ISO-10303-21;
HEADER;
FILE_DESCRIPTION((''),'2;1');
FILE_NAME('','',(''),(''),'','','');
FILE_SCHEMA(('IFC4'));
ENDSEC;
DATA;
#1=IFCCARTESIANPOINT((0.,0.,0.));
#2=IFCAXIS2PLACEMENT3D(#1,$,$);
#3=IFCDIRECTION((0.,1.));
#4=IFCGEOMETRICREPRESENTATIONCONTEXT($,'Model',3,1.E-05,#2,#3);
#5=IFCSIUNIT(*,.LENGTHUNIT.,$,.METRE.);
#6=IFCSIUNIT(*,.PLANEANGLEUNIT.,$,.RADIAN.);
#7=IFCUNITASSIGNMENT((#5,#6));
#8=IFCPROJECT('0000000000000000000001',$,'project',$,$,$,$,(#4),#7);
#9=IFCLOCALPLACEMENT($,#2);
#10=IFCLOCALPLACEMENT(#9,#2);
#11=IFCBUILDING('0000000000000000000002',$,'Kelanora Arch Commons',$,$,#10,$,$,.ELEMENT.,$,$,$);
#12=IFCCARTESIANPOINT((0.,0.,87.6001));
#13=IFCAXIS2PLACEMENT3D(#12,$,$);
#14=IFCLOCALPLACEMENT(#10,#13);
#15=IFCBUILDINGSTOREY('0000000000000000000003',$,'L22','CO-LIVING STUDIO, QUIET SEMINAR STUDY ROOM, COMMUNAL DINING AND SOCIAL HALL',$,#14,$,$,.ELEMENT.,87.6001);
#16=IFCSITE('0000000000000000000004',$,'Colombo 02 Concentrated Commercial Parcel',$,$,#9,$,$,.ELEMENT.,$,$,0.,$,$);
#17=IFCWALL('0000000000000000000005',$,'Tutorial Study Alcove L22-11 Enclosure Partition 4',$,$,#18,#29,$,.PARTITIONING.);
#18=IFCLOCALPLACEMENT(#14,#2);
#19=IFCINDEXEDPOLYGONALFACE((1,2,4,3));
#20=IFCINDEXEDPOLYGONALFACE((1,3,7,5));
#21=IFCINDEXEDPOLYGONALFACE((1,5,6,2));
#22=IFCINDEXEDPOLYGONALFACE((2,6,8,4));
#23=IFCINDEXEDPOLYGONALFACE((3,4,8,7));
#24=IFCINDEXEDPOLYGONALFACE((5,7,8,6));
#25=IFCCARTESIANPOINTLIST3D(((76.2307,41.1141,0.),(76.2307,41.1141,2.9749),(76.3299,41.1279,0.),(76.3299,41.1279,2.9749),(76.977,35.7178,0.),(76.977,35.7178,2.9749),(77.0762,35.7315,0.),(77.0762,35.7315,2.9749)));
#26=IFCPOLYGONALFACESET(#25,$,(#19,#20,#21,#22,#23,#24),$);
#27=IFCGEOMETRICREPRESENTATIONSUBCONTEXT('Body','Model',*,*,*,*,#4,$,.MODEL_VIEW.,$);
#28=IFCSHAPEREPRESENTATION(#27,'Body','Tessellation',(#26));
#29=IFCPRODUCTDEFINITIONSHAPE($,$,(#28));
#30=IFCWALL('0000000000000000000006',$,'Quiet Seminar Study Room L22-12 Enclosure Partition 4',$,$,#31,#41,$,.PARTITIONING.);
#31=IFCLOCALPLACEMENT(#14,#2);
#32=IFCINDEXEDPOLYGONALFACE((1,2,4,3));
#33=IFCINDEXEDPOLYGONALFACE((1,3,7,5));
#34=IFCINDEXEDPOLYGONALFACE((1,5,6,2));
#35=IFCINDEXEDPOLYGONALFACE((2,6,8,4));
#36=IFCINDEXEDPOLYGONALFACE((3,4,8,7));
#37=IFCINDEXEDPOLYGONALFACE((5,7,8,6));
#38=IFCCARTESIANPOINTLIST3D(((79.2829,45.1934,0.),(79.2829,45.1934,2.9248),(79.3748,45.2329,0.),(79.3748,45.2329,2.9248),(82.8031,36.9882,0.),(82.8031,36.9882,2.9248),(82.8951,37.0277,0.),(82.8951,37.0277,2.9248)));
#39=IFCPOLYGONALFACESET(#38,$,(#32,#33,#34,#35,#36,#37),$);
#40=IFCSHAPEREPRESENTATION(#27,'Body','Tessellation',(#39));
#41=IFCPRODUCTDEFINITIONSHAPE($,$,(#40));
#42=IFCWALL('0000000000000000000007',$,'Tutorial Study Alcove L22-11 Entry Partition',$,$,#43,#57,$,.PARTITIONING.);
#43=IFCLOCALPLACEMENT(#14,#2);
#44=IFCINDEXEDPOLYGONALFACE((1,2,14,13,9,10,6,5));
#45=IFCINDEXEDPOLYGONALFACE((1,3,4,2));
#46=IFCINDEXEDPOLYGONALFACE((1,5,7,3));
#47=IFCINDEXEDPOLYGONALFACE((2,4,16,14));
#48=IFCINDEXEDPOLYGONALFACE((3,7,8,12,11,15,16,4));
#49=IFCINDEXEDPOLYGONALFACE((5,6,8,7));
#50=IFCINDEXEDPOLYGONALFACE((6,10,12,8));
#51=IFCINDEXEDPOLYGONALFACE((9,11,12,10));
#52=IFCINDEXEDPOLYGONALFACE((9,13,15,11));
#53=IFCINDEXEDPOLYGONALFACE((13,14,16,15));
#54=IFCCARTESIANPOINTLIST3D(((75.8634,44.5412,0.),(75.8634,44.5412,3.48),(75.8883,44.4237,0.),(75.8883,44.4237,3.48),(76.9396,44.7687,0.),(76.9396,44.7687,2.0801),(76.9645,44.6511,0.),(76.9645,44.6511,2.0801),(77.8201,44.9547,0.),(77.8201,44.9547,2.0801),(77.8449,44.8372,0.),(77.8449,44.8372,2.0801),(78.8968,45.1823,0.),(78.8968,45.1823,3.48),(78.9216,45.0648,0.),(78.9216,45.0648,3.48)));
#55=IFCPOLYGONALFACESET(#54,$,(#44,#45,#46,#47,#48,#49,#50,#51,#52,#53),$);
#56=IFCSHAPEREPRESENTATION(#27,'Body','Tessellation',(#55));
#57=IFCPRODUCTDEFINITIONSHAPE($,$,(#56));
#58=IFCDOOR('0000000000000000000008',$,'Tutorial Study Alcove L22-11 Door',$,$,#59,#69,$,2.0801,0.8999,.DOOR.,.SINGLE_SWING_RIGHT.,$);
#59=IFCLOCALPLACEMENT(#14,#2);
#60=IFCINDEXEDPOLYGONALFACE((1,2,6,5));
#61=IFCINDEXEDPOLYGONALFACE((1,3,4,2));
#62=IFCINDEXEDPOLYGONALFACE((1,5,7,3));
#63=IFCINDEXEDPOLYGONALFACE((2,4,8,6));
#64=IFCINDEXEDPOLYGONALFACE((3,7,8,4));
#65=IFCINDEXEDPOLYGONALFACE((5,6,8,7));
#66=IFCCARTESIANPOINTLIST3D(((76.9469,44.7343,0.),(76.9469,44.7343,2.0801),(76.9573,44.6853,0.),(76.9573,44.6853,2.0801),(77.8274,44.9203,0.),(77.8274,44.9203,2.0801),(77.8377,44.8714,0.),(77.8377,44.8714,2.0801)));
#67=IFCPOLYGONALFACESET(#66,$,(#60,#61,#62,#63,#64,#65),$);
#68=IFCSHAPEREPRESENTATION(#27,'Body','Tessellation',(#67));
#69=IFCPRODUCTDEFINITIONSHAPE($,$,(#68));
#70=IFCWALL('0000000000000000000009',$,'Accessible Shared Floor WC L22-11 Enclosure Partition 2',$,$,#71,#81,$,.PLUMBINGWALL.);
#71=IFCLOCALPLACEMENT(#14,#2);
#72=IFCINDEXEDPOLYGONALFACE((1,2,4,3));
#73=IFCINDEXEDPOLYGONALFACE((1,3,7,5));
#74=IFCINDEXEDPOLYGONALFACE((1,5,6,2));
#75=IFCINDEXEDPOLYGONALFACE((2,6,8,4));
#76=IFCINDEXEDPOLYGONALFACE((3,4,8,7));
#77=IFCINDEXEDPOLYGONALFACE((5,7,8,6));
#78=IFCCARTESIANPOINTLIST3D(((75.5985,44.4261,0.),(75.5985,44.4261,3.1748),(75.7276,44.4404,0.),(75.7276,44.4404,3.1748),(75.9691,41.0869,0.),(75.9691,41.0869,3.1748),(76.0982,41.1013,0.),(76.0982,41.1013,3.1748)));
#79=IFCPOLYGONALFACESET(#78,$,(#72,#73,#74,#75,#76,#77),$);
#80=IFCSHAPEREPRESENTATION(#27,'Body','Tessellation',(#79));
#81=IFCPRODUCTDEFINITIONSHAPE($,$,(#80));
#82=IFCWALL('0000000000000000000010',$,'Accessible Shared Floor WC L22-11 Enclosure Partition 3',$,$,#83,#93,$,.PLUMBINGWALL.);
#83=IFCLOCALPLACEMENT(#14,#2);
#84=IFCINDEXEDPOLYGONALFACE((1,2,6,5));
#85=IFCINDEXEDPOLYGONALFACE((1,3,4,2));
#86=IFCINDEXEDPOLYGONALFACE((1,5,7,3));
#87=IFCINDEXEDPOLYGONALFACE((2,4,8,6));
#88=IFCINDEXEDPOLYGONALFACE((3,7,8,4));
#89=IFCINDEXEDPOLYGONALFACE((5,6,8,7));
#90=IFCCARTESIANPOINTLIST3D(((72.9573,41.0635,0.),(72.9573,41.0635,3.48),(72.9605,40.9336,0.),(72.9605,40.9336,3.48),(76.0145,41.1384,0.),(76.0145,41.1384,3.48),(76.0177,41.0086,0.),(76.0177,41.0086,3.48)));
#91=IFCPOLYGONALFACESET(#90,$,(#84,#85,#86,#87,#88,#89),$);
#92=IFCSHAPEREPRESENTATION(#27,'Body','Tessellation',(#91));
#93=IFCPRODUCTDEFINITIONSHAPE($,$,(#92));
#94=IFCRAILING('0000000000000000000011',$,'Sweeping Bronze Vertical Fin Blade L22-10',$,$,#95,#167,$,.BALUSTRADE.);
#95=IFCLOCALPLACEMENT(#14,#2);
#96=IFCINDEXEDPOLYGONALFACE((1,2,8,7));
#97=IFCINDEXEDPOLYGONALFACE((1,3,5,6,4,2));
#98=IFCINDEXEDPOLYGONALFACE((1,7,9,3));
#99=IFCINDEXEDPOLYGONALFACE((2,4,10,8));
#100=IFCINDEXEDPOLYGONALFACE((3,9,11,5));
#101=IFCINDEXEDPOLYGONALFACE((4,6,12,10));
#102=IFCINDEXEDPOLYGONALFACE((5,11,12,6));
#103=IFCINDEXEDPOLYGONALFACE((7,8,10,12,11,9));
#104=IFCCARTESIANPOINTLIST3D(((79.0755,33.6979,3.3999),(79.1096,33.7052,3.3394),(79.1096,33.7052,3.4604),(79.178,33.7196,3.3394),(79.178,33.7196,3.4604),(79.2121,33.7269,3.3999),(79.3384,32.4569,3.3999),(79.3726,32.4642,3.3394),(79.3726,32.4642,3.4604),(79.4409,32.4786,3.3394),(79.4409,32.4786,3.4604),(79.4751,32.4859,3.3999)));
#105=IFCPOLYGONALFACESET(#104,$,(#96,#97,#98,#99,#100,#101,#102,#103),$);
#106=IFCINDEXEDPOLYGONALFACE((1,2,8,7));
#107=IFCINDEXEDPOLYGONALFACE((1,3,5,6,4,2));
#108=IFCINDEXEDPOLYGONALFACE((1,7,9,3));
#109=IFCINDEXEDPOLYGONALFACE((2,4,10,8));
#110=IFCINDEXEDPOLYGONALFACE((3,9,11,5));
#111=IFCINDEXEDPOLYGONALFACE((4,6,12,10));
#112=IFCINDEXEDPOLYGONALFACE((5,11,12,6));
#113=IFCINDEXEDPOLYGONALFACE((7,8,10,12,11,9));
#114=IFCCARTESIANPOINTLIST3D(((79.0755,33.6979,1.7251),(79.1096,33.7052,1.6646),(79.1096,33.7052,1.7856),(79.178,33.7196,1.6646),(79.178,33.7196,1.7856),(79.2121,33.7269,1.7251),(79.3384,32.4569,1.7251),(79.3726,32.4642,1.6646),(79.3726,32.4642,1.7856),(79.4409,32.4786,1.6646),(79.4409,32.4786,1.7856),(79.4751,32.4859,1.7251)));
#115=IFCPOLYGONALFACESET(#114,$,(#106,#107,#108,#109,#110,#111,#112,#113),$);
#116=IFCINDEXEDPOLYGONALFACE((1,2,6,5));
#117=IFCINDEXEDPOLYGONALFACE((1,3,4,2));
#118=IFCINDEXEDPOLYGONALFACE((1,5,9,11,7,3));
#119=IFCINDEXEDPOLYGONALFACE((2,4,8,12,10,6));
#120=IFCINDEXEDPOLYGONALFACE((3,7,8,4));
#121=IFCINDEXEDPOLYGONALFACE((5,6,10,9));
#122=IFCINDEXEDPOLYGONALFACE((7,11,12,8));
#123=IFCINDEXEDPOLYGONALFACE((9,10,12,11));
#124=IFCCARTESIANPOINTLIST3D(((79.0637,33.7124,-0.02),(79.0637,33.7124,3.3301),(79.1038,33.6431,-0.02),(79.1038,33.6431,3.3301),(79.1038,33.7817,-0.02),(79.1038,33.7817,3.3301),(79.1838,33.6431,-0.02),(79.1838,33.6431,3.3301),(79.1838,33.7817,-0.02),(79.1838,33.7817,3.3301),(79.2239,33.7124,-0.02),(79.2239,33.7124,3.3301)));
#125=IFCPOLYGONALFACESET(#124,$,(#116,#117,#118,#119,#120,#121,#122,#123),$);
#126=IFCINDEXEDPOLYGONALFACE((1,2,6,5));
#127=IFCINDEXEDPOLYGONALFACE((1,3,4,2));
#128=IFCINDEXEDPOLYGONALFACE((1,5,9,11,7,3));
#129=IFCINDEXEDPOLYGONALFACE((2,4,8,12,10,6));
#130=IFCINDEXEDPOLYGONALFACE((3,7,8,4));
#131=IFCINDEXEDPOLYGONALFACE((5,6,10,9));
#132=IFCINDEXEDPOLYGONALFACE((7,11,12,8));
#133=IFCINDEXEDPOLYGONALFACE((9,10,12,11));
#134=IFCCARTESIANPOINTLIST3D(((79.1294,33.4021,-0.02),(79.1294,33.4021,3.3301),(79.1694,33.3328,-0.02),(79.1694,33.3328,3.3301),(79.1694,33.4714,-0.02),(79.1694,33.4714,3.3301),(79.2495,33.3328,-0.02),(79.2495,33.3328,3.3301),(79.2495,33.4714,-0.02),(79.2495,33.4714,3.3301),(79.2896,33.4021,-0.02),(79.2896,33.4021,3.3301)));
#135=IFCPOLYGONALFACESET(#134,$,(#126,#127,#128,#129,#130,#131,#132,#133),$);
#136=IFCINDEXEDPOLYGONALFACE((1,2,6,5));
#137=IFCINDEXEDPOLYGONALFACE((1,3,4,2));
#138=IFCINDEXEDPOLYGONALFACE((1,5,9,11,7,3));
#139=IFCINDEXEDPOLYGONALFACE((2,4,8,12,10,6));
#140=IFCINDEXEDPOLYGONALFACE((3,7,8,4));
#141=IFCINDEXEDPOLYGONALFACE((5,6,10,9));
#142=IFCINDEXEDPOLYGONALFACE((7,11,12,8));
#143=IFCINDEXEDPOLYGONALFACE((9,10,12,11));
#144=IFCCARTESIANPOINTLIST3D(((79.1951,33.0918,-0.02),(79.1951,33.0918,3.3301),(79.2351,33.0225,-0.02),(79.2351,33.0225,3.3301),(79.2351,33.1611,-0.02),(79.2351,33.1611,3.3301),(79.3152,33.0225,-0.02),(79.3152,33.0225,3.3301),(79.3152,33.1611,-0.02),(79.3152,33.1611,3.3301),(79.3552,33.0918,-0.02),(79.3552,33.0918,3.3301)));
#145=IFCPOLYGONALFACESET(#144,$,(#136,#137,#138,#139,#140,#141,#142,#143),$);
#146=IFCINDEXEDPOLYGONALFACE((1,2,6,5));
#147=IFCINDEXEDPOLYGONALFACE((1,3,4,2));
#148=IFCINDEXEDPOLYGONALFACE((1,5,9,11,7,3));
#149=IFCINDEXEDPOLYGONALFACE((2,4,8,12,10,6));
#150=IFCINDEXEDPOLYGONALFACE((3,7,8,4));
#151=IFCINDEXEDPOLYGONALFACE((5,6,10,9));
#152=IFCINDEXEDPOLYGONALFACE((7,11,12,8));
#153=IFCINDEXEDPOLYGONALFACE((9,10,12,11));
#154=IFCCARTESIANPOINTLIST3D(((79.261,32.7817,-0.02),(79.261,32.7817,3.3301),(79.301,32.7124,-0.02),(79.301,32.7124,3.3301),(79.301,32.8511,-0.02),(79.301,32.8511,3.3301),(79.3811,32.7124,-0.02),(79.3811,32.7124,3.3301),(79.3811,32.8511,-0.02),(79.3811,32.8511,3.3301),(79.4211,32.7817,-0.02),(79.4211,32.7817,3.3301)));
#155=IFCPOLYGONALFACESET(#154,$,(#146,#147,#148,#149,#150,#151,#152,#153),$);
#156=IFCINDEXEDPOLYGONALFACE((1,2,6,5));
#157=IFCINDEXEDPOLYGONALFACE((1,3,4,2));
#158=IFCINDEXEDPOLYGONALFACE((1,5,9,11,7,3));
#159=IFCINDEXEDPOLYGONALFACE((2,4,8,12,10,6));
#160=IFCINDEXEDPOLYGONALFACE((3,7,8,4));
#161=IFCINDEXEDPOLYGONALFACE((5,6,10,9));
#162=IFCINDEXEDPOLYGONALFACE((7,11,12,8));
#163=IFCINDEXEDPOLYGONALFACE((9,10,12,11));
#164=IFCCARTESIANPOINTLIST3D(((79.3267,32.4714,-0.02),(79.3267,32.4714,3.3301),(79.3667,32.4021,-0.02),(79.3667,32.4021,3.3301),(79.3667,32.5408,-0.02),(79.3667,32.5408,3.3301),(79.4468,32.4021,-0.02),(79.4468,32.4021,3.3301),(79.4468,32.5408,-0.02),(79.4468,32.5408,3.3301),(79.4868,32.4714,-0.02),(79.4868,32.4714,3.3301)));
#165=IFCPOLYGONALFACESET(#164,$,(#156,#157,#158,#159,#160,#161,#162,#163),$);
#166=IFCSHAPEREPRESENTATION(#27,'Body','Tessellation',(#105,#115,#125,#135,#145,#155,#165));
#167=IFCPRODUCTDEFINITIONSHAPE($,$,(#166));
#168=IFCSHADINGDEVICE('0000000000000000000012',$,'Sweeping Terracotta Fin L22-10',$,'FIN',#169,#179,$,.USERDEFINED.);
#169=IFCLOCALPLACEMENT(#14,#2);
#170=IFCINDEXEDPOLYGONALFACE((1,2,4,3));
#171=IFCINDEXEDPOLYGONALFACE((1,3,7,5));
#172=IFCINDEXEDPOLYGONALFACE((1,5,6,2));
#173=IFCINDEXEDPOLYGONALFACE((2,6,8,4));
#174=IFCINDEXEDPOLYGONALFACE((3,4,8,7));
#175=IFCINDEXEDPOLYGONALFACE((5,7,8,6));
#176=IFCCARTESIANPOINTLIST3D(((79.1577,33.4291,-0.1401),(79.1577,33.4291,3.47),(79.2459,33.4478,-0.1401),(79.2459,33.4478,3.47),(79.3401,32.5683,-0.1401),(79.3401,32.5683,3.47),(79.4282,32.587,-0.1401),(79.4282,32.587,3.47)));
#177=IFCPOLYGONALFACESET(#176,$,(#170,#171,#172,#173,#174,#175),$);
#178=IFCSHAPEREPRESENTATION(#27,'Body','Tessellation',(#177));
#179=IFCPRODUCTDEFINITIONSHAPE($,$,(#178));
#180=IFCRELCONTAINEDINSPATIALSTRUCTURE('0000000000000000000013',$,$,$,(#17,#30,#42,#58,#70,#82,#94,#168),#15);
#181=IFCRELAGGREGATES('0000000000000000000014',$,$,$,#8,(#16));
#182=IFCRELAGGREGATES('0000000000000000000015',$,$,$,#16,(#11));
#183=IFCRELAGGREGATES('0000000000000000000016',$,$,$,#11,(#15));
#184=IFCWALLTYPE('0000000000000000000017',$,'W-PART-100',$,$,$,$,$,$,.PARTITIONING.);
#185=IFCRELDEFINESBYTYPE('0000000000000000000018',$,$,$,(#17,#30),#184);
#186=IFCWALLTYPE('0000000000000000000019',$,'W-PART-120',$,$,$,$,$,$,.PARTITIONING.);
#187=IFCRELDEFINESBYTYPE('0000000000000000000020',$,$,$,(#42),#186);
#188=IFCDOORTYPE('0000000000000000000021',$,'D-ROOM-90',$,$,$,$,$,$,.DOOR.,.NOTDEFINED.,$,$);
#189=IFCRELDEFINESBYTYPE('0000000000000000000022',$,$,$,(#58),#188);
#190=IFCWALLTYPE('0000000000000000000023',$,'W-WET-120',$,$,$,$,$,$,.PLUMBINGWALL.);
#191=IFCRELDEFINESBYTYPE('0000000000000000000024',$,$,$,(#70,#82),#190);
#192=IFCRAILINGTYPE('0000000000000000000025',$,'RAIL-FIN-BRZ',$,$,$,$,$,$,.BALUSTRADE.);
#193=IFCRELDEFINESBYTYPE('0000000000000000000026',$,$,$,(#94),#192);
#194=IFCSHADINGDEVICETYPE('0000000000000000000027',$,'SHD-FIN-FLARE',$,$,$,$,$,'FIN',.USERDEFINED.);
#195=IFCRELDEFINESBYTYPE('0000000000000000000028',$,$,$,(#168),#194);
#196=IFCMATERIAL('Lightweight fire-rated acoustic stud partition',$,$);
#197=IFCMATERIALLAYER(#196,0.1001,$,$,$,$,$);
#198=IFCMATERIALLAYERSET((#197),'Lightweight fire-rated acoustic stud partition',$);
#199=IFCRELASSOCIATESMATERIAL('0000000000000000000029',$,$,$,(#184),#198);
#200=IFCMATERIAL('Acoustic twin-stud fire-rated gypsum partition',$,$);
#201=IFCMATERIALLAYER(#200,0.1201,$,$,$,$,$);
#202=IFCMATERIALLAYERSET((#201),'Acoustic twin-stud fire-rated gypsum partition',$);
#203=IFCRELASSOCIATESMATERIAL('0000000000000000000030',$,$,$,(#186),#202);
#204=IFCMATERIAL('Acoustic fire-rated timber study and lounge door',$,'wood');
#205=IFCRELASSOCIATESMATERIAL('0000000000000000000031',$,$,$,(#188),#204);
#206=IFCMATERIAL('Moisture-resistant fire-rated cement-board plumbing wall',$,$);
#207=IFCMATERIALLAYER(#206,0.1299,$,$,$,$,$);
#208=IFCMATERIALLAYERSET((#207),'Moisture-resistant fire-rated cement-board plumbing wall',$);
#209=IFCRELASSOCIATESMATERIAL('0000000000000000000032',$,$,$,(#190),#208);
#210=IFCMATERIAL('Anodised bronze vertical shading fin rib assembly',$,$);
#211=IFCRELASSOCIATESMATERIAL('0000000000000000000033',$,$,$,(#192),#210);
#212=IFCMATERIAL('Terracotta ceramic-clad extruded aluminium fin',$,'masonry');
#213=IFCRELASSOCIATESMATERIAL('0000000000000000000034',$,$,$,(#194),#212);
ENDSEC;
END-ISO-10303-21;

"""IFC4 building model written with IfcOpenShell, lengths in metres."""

from ifc_helpers import new_model, si_unit, direction, frame, frame_2d, origin, origin_2d, place, context, subcontext, project, spatial, polyline, rectangle, outline, extrude, source, transform, mapped, material, layer, layer_set, type_object, element, fill, save


model = new_model("IFC4")

# Units and contexts
model_context = context("Model", 3, precision=1e-05, world=origin(), true_north=direction((0.0, 1.0)))
body_context = subcontext(model_context, "Body", "Model", "MODEL_VIEW")
ifc_project = project(units=[si_unit("LENGTHUNIT", "METRE"), si_unit("PLANEANGLEUNIT", "RADIAN")], contexts=[model_context])

# Site, building, storey
site_placement = place(None, origin())
site = spatial("IfcSite", under=ifc_project, at=site_placement, Name="Colombo 02 Concentrated Commercial Parcel", CompositionType="ELEMENT", RefElevation=0.0)
building_placement = place(site_placement, origin())
building = spatial("IfcBuilding", under=site, at=building_placement, Name="Kelanora Arch Commons", CompositionType="ELEMENT")
storey_placement = place(building_placement, frame((0.0, 0.0, 87.6001)))
storey = spatial("IfcBuildingStorey", under=building, at=storey_placement, Name="L22", Description="CO-LIVING STUDIO, QUIET SEMINAR STUDY ROOM, COMMUNAL DINING AND SOCIAL HALL", CompositionType="ELEMENT", Elevation=87.6001)

# Walls
ifc_material_1 = material(Name="Lightweight fire-rated acoustic stud partition")
ifc_layer_1 = layer(ifc_material_1, 0.1001)
ifc_layer_set_1 = layer_set([ifc_layer_1], Name="Lightweight fire-rated acoustic stud partition")
wall_type_1 = type_object("IfcWallType", Name="W-PART-100", PredefinedType="PARTITIONING", material=ifc_layer_set_1)
wall_1_placement = place(storey_placement, frame((77.0266, 35.7246, 0.0), z_axis=(0.0, 0.0, 1.0), x_axis=(-0.136997, 0.990571, 0.0)))
element("IfcWall", 1, at=wall_1_placement, inside=storey, type_object=wall_type_1, Name="Tutorial Study Alcove L22-11 Enclosure Partition 4", PredefinedType="PARTITIONING", context=body_context, shape_type="SweptSolid", body=[
    extrude(rectangle(XDim=5.4478, YDim=0.1001, at=frame_2d((2.7239, 0.0))), origin(), (0.0, 0.0, 1.0), 2.9749),
])
wall_2_placement = place(storey_placement, frame((82.8491, 37.0078, 0.0), z_axis=(0.0, 0.0, 1.0), x_axis=(-0.394269, 0.918995, 0.0)))
element("IfcWall", 2, at=wall_2_placement, inside=storey, type_object=wall_type_1, Name="Quiet Seminar Study Room L22-12 Enclosure Partition 4", PredefinedType="PARTITIONING", context=body_context, shape_type="SweptSolid", body=[
    extrude(rectangle(XDim=8.9285, YDim=0.1001, at=frame_2d((4.4644, 0.0))), origin(), (0.0, 0.0, 1.0), 2.9248),
])

# Wall, opening, door
ifc_material_2 = material(Name="Acoustic twin-stud fire-rated gypsum partition")
ifc_layer_2 = layer(ifc_material_2, 0.1201)
ifc_layer_set_2 = layer_set([ifc_layer_2], Name="Acoustic twin-stud fire-rated gypsum partition")
wall_type_2 = type_object("IfcWallType", Name="W-PART-120", PredefinedType="PARTITIONING", material=ifc_layer_set_2)
wall_3_placement = place(storey_placement, frame((75.8757, 44.4824, 0.0), z_axis=(0.0, 0.0, 1.0), x_axis=(0.978387, 0.20678, 0.0)))
wall_3 = element("IfcWall", 3, at=wall_3_placement, inside=storey, type_object=wall_type_2, Name="Tutorial Study Alcove L22-11 Entry Partition", PredefinedType="PARTITIONING", context=body_context, shape_type="SweptSolid", body=[
    extrude(rectangle(XDim=3.1003, YDim=0.1201, at=frame_2d((1.5503, 0.0))), origin(), (0.0, 0.0, 1.0), 3.48),
])
opening_placement = place(wall_3_placement, frame((1.1001, 0.0, 0.0)))
opening = element("IfcOpeningElement", 4, at=opening_placement, cuts=wall_3, PredefinedType="OPENING", context=body_context, shape_type="SweptSolid", body=[
    extrude(rectangle(XDim=0.8999, YDim=2.0801, at=frame_2d((0.45, 1.04))), frame((0.0, 0.0701, 0.0), z_axis=(0.0, -1.0, 0.0), x_axis=(1.0, 0.0, 0.0)), (0.0, 0.0, 1.0), 0.1401),
])
ifc_material_3 = material(Name="Acoustic fire-rated timber study and lounge door", Category="wood")
door_type = type_object("IfcDoorType", Name="D-ROOM-90", OperationType="NOTDEFINED", PredefinedType="DOOR", material=ifc_material_3)
door_placement = place(opening_placement, origin())
door = element("IfcDoor", 5, at=door_placement, inside=storey, type_object=door_type, Name="Tutorial Study Alcove L22-11 Door", OperationType="SINGLE_SWING_RIGHT", OverallHeight=2.0801, OverallWidth=0.8999, PredefinedType="DOOR", context=body_context, shape_type="SweptSolid", body=[
    extrude(rectangle(XDim=0.8999, YDim=2.0801, at=frame_2d((0.45, 1.04))), frame((0.0, 0.0249, 0.0), z_axis=(0.0, -1.0, 0.0), x_axis=(1.0, 0.0, 0.0)), (0.0, 0.0, 1.0), 0.05),
])
fill(opening, door)

# Walls
ifc_material_4 = material(Name="Moisture-resistant fire-rated cement-board plumbing wall")
ifc_layer_3 = layer(ifc_material_4, 0.1299)
ifc_layer_set_3 = layer_set([ifc_layer_3], Name="Moisture-resistant fire-rated cement-board plumbing wall")
wall_type_3 = type_object("IfcWallType", Name="W-WET-120", PredefinedType="PLUMBINGWALL", material=ifc_layer_set_3)
wall_4_placement = place(storey_placement, frame((75.6631, 44.4331, 0.0), z_axis=(0.0, 0.0, 1.0), x_axis=(0.110312, -0.993897, 0.0)))
element("IfcWall", 6, at=wall_4_placement, inside=storey, type_object=wall_type_3, Name="Accessible Shared Floor WC L22-11 Enclosure Partition 2", PredefinedType="PLUMBINGWALL", context=body_context, shape_type="SweptSolid", body=[
    extrude(rectangle(XDim=3.3596, YDim=0.1299, at=frame_2d((1.6797, 0.0))), origin(), (0.0, 0.0, 1.0), 3.1748),
])
wall_5_placement = place(storey_placement, frame((76.0161, 41.0735, 0.0), z_axis=(0.0, 0.0, 1.0), x_axis=(-0.9997, -0.024509, 0.0)))
element("IfcWall", 7, at=wall_5_placement, inside=storey, type_object=wall_type_3, Name="Accessible Shared Floor WC L22-11 Enclosure Partition 3", PredefinedType="PLUMBINGWALL", context=body_context, shape_type="SweptSolid", body=[
    extrude(rectangle(XDim=3.0581, YDim=0.1299, at=frame_2d((1.5291, 0.0))), origin(), (0.0, 0.0, 1.0), 3.48),
])

# Railing
ifc_material_5 = material(Name="Anodised bronze vertical shading fin rib assembly")
railing_type = type_object("IfcRailingType", Name="RAIL-FIN-BRZ", PredefinedType="BALUSTRADE", material=ifc_material_5)
railing_placement = place(storey_placement, frame((79.1438, 33.7124, -0.02)))
element("IfcRailing", 8, at=railing_placement, inside=storey, type_object=railing_type, Name="Sweeping Bronze Vertical Fin Blade L22-10", PredefinedType="BALUSTRADE", context=body_context, shape_type="SweptSolid", body=[
    extrude(outline(polyline([(0.0698, 0.0), (0.0349, 0.0605), (-0.0349, 0.0605), (-0.0698, 0.0), (-0.0349, -0.0605), (0.0349, -0.0605), (0.0698, 0.0)])), frame((0.0, 0.0, 3.4199), z_axis=(0.207281, -0.978281, 0.0), x_axis=(0.978281, 0.207281, 0.0)), (0.0, 0.0, 1.0), 1.2686),
    extrude(outline(polyline([(0.0698, 0.0), (0.0349, 0.0605), (-0.0349, 0.0605), (-0.0698, 0.0), (-0.0349, -0.0605), (0.0349, -0.0605), (0.0698, 0.0)])), frame((0.0, 0.0, 1.7451), z_axis=(0.207281, -0.978281, 0.0), x_axis=(0.978281, 0.207281, 0.0)), (0.0, 0.0, 1.0), 1.2686),
    extrude(outline(polyline([(0.0801, 0.0), (0.04, 0.0693), (-0.04, 0.0693), (-0.0801, 0.0), (-0.04, -0.0693), (0.04, -0.0693), (0.0801, 0.0)])), origin(), (0.0, 0.0, 1.0), 3.3501),
    extrude(outline(polyline([(0.0801, 0.0), (0.04, 0.0693), (-0.04, 0.0693), (-0.0801, 0.0), (-0.04, -0.0693), (0.04, -0.0693), (0.0801, 0.0)])), frame((0.0657, -0.3103, 0.0)), (0.0, 0.0, 1.0), 3.3501),
    extrude(outline(polyline([(0.0801, 0.0), (0.04, 0.0693), (-0.04, 0.0693), (-0.0801, 0.0), (-0.04, -0.0693), (0.04, -0.0693), (0.0801, 0.0)])), frame((0.1313, -0.6206, 0.0)), (0.0, 0.0, 1.0), 3.3501),
    extrude(outline(polyline([(0.0801, 0.0), (0.04, 0.0693), (-0.04, 0.0693), (-0.0801, 0.0), (-0.04, -0.0693), (0.04, -0.0693), (0.0801, 0.0)])), frame((0.1973, -0.9307, 0.0)), (0.0, 0.0, 1.0), 3.3501),
    extrude(outline(polyline([(0.0801, 0.0), (0.04, 0.0693), (-0.04, 0.0693), (-0.0801, 0.0), (-0.04, -0.0693), (0.04, -0.0693), (0.0801, 0.0)])), frame((0.2629, -1.241, 0.0)), (0.0, 0.0, 1.0), 3.3501),
])

# Shading device
ifc_material_6 = material(Name="Terracotta ceramic-clad extruded aluminium fin", Category="masonry")
shading_device_type = type_object("IfcShadingDeviceType", Name="SHD-FIN-FLARE", ElementType="FIN", PredefinedType="USERDEFINED", material=ifc_material_6)
shared_shape_1 = source(origin(), body_context, "Body", "SweptSolid", [
    extrude(rectangle(XDim=0.8799, YDim=0.0901, at=origin_2d()), origin(), (0.0, 0.0, 1.0), 3.6101),
])
shading_device_placement = place(storey_placement, frame((79.293, 33.0081, -0.1401), z_axis=(0.0, 0.0, 1.0), x_axis=(0.207229, -0.978293, 0.0)))
element("IfcShadingDevice", 9, at=shading_device_placement, inside=storey, type_object=shading_device_type, Name="Sweeping Terracotta Fin L22-10", ObjectType="FIN", PredefinedType="USERDEFINED", context=body_context, shape_type="MappedRepresentation", body=[
    mapped(shared_shape_1, transform((0.0, 0.0, 0.0), scale=1.0)),
])

save(model, "model.ifc")
